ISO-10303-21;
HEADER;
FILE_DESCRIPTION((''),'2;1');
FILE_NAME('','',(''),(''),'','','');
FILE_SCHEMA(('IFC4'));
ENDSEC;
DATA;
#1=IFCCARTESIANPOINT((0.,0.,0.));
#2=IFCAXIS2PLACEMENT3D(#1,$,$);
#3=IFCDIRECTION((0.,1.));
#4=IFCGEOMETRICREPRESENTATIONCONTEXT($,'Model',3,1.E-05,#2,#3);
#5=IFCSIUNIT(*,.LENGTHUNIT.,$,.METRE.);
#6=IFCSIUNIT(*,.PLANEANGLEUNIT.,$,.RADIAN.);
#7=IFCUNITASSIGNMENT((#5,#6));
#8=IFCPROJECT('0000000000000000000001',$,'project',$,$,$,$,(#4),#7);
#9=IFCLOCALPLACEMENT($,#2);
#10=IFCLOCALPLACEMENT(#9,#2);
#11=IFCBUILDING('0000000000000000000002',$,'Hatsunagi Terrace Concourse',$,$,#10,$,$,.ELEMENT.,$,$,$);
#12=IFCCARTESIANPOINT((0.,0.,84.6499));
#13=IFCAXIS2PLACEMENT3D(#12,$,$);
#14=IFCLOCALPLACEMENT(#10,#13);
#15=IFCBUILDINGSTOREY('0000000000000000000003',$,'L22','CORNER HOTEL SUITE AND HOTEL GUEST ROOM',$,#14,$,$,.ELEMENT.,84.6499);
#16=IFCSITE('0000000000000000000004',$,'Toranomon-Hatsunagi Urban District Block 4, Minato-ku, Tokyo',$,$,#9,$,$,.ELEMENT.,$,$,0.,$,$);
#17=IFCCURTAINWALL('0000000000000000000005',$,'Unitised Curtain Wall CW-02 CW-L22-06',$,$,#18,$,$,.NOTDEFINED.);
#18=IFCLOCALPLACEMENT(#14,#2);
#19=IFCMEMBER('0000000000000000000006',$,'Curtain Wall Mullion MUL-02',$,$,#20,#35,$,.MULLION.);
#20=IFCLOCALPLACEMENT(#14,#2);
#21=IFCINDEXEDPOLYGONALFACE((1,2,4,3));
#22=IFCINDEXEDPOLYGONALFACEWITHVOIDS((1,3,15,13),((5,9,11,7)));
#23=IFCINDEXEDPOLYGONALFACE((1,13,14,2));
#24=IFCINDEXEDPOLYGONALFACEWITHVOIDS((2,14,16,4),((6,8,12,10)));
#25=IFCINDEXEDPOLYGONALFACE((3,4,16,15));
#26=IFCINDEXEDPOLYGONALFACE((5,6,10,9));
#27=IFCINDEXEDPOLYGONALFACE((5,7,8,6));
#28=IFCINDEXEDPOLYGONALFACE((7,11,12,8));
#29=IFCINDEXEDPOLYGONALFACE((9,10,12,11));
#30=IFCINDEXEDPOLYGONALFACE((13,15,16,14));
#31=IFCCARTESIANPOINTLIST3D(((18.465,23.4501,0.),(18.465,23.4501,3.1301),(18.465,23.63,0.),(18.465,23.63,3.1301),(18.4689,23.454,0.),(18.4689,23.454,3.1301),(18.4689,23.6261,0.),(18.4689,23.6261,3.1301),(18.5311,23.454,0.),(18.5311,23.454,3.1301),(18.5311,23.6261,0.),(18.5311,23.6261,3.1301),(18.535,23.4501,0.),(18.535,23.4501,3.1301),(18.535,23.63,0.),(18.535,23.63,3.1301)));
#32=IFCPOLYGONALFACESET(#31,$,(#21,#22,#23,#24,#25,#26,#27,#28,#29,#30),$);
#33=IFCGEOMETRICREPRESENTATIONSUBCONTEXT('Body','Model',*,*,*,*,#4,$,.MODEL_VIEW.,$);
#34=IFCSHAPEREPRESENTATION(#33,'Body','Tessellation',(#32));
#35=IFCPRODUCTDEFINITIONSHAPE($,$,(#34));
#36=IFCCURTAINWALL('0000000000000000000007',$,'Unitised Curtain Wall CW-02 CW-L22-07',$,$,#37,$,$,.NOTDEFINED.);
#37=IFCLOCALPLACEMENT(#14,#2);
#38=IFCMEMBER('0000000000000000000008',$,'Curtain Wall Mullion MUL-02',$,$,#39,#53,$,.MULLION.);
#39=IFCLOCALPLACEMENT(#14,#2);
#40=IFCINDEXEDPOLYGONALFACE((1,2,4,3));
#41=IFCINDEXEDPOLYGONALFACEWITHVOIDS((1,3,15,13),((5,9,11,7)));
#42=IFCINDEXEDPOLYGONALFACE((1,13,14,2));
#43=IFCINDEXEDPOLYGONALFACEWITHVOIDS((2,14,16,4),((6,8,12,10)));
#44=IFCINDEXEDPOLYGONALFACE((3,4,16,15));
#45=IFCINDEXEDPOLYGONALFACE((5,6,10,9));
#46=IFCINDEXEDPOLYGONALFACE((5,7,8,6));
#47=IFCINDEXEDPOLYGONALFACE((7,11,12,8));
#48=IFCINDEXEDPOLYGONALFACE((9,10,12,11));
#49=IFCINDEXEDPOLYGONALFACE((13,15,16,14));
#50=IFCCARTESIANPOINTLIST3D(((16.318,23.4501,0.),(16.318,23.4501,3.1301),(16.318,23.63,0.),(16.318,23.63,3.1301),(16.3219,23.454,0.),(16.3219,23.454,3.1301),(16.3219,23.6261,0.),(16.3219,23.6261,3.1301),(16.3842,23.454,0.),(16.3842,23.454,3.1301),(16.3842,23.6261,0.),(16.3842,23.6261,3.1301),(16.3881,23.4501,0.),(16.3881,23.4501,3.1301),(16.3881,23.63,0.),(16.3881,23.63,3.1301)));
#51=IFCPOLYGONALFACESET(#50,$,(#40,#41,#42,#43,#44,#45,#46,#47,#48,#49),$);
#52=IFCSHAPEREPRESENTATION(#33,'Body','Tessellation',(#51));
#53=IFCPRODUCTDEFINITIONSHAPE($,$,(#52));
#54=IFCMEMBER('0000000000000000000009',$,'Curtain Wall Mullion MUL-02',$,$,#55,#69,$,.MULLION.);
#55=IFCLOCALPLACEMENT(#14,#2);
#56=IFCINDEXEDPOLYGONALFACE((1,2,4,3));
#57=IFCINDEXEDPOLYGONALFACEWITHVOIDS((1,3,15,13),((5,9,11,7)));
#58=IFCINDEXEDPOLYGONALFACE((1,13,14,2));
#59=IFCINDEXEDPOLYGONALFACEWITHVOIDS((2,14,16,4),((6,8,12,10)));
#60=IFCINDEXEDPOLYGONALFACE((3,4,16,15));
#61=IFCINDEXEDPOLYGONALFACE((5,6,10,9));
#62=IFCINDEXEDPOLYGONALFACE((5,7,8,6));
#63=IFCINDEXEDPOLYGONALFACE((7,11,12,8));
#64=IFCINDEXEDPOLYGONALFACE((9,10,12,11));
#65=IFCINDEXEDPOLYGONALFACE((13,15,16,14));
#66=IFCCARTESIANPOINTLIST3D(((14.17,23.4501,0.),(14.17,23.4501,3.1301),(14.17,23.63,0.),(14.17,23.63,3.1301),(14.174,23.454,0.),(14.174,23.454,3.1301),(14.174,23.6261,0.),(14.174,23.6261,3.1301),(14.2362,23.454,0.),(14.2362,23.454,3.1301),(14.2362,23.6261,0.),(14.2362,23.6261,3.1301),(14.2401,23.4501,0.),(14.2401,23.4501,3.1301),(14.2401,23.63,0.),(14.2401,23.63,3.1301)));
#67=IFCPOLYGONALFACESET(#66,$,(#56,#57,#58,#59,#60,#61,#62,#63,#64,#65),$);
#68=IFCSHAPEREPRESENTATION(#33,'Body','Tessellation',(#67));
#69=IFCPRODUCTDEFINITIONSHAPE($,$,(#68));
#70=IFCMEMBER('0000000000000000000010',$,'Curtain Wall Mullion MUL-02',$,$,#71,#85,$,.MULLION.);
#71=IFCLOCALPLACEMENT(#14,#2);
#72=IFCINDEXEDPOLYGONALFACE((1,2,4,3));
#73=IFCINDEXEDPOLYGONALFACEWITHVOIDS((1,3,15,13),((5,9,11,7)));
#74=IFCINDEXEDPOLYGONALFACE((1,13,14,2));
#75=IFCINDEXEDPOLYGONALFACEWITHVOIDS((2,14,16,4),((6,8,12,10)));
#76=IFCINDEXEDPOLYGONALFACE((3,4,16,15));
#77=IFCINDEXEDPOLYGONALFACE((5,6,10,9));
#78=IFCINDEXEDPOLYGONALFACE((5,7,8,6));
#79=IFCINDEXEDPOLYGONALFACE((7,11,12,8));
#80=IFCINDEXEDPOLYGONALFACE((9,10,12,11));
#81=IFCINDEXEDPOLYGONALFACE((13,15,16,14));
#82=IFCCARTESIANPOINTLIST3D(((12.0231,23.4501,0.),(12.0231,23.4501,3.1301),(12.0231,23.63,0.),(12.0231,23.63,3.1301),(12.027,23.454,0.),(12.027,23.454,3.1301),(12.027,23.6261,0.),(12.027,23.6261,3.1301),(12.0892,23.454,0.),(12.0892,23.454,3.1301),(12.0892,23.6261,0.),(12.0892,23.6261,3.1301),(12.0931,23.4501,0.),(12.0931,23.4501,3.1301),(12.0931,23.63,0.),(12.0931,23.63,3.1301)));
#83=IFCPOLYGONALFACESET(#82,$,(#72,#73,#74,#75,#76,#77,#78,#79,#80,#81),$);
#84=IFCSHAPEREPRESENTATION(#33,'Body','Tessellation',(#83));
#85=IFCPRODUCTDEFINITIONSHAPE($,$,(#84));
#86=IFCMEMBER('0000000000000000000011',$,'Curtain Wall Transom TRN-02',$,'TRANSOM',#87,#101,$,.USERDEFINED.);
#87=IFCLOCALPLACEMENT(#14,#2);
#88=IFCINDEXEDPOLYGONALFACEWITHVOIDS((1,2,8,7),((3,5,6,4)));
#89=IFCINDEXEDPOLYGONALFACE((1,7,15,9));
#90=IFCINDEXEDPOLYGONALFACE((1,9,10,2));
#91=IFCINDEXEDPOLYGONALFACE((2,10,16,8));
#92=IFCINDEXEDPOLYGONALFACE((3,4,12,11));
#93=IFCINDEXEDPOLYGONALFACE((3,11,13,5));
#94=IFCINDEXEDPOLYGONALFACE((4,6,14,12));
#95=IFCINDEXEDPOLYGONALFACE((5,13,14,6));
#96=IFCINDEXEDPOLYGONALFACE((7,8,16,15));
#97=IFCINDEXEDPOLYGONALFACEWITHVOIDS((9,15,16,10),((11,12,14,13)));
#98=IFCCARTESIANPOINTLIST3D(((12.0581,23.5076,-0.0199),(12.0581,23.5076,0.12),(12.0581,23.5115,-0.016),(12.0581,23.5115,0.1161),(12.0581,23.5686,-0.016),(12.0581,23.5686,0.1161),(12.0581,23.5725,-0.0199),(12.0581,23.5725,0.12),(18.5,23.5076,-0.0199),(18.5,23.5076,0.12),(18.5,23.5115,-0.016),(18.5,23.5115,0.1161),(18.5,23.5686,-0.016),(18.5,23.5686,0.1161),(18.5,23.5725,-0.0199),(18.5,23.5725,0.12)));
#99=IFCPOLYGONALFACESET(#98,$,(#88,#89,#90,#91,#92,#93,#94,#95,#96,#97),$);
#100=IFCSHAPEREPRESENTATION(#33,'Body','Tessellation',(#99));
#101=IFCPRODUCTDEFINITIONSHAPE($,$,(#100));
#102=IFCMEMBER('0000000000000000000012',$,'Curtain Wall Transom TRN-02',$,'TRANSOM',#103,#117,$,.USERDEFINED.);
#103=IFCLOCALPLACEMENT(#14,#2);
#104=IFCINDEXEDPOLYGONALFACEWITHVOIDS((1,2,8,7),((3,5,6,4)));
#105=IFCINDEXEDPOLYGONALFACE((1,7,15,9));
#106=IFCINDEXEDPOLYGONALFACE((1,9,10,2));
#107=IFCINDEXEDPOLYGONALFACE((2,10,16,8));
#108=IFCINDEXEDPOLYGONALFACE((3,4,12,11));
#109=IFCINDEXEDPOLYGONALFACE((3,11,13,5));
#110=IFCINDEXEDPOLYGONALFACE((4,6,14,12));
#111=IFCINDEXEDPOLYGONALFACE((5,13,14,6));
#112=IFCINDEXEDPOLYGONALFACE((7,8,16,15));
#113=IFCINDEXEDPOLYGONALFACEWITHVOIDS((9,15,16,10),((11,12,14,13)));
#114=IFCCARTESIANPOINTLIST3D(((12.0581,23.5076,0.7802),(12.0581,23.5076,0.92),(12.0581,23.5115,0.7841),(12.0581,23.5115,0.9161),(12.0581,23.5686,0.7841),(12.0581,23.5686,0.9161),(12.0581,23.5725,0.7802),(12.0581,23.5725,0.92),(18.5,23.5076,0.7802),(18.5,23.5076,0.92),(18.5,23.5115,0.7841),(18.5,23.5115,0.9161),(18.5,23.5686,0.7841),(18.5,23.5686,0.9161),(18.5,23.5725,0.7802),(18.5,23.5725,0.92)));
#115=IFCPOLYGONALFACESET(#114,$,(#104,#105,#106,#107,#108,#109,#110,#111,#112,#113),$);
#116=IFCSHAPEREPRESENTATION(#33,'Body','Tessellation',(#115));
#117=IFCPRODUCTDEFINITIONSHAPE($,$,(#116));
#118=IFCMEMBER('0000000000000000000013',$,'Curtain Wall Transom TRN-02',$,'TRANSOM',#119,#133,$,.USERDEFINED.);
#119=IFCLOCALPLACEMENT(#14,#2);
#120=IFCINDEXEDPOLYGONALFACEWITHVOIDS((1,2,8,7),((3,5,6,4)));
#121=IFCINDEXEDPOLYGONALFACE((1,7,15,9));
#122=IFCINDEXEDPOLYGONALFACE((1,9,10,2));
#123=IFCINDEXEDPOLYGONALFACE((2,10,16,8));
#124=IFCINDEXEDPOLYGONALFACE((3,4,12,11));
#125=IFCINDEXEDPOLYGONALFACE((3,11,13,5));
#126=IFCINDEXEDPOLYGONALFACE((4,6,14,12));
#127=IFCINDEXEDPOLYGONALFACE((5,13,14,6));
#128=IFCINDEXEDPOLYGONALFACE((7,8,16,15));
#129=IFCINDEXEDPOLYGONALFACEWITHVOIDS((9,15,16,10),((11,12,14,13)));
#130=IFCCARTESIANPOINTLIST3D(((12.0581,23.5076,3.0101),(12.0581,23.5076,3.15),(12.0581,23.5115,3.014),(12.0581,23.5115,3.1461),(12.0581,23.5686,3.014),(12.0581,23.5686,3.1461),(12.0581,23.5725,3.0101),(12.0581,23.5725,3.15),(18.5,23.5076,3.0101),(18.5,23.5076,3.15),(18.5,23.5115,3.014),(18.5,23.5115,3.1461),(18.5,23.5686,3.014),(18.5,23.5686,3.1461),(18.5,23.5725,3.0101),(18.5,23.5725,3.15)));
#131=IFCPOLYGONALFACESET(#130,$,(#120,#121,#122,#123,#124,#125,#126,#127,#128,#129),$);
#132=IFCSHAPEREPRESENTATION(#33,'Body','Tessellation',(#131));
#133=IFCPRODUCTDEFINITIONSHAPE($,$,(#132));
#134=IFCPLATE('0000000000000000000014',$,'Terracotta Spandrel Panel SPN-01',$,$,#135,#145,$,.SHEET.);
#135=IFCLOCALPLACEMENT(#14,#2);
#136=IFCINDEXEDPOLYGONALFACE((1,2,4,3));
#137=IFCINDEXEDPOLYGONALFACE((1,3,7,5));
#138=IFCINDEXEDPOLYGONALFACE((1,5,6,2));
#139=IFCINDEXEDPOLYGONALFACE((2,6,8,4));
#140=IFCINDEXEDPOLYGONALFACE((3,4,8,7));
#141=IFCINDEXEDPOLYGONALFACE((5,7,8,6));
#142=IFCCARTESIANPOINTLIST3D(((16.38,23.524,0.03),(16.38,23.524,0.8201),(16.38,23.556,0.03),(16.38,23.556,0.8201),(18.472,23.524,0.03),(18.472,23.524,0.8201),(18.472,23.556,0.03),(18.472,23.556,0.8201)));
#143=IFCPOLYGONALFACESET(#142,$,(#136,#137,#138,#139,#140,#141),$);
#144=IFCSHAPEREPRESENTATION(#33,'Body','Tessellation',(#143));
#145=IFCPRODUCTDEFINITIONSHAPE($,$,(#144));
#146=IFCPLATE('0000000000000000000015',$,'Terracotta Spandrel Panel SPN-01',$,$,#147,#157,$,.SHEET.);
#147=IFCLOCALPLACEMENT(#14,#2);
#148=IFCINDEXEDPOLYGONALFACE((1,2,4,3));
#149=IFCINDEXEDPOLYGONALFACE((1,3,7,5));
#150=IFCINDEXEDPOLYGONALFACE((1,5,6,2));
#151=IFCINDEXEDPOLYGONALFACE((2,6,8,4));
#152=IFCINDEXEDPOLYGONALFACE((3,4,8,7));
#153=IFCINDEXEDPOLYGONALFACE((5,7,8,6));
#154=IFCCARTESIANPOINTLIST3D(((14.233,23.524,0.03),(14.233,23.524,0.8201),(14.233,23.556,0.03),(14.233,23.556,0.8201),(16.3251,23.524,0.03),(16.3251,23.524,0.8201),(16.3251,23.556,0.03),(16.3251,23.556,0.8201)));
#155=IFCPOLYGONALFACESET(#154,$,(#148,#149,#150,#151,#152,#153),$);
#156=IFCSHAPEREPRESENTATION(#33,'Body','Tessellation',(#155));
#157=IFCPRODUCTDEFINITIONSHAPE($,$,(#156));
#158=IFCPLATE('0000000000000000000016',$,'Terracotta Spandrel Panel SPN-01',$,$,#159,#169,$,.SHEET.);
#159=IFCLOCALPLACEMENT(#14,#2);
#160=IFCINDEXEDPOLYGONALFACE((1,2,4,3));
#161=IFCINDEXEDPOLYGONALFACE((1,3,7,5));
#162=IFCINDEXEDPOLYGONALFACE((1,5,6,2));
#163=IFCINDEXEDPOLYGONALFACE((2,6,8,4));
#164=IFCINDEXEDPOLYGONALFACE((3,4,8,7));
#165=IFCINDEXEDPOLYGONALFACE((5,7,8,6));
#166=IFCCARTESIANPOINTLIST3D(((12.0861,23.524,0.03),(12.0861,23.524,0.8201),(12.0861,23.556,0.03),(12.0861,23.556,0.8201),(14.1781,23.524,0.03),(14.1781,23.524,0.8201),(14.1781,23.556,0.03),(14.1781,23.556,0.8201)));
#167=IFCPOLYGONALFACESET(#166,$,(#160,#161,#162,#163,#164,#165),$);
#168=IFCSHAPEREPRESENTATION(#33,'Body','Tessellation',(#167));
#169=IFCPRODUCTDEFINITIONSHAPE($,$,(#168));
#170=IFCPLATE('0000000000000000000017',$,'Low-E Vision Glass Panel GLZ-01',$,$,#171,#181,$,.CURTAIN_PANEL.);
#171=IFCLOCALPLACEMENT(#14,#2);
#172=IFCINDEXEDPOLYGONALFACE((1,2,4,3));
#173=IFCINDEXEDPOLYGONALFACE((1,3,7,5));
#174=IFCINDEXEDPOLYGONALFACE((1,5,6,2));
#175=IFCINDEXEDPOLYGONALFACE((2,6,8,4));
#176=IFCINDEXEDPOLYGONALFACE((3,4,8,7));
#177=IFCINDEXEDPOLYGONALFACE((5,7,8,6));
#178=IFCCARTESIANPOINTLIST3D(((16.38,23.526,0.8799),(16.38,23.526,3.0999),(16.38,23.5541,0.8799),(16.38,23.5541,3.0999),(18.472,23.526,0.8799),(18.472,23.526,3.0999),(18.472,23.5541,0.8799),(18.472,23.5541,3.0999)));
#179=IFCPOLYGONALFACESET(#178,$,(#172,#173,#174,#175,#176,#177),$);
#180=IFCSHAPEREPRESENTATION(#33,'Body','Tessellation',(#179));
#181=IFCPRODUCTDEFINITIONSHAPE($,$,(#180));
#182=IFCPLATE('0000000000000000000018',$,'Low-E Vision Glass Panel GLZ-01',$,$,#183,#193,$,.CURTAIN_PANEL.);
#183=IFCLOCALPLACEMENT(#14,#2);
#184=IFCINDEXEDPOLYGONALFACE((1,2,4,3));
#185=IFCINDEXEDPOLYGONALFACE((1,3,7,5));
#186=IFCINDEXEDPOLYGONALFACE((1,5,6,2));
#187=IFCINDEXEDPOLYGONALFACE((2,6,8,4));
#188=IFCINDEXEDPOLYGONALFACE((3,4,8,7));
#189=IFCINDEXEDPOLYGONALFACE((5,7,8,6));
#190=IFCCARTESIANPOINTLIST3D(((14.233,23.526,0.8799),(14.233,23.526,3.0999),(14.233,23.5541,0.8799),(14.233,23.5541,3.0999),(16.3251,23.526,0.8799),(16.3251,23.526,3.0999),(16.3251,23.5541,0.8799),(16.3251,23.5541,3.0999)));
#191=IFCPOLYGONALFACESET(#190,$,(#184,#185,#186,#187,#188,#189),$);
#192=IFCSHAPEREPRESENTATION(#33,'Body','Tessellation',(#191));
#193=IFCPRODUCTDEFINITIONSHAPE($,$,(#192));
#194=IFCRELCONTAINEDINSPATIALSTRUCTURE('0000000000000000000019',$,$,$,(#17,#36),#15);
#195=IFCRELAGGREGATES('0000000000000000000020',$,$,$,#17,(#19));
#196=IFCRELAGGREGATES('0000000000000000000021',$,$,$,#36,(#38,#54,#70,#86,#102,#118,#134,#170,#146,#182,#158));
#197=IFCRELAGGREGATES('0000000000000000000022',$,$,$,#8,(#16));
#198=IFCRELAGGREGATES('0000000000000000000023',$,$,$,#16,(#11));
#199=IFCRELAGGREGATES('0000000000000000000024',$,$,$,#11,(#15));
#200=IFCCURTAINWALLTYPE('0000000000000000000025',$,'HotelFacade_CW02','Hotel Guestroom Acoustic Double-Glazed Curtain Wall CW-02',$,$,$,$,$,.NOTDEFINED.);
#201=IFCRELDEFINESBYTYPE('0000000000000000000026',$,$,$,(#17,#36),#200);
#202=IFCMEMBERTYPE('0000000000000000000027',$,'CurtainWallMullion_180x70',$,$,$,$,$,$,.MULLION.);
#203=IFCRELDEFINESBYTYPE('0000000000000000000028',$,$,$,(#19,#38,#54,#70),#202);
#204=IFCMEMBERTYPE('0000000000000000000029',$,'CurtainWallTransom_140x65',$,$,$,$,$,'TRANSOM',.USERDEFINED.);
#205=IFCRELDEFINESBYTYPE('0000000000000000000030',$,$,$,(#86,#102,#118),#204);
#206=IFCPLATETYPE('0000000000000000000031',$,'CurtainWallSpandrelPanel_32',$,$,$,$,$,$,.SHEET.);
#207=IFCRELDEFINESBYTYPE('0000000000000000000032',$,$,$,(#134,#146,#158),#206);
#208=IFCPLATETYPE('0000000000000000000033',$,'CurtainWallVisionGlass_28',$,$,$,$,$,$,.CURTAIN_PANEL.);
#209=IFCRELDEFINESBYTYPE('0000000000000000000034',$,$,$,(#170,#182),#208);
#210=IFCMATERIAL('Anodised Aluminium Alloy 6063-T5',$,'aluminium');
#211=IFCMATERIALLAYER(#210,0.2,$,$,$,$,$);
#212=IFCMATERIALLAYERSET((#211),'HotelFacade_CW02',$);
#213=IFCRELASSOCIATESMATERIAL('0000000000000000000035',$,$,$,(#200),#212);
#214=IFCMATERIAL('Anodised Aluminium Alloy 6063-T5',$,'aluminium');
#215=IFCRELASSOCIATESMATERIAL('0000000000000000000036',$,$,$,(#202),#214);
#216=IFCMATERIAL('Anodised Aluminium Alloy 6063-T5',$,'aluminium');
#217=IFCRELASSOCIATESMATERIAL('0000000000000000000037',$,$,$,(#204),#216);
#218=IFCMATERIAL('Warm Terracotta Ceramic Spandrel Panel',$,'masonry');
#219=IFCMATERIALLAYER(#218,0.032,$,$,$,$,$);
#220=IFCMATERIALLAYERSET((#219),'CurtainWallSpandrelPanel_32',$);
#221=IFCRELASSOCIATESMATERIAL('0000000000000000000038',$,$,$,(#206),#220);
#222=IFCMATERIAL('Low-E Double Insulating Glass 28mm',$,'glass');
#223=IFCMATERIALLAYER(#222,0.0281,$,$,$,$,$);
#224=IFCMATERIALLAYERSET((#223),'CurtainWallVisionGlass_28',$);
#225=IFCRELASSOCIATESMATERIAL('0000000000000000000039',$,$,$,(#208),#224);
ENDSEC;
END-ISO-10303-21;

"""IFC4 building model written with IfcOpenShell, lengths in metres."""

from ifc_helpers import new_model, si_unit, direction, frame, origin, origin_2d, place, context, subcontext, project, spatial, rectangle, hollow_rectangle, extrude, material, layer, layer_set, material_profile, profile_set, type_object, element, aggregate, save


model = new_model("IFC4")

# Units and contexts
model_context = context("Model", 3, precision=1e-05, world=origin(), true_north=direction((0.0, 1.0)))
body_context = subcontext(model_context, "Body", "Model", "MODEL_VIEW")
ifc_project = project(units=[si_unit("LENGTHUNIT", "METRE"), si_unit("PLANEANGLEUNIT", "RADIAN")], contexts=[model_context])

# Site, building, storey
site_placement = place(None, origin())
site = spatial("IfcSite", under=ifc_project, at=site_placement, Name="Toranomon-Hatsunagi Urban District Block 4, Minato-ku, Tokyo", CompositionType="ELEMENT", RefElevation=0.0)
building_placement = place(site_placement, origin())
building = spatial("IfcBuilding", under=site, at=building_placement, Name="Hatsunagi Terrace Concourse", CompositionType="ELEMENT")
storey_placement = place(building_placement, frame((0.0, 0.0, 84.6499)))
storey = spatial("IfcBuildingStorey", under=building, at=storey_placement, Name="L22", Description="CORNER HOTEL SUITE AND HOTEL GUEST ROOM", CompositionType="ELEMENT", Elevation=84.6499)

# Curtain wall, member
ifc_material_1 = material(Name="Anodised Aluminium Alloy 6063-T5", Category="aluminium")
ifc_layer_1 = layer(ifc_material_1, 0.2)
ifc_layer_set_1 = layer_set([ifc_layer_1], Name="HotelFacade_CW02")
curtain_wall_type = type_object("IfcCurtainWallType", Name="HotelFacade_CW02", Description="Hotel Guestroom Acoustic Double-Glazed Curtain Wall CW-02", PredefinedType="NOTDEFINED", material=ifc_layer_set_1)
curtain_wall_1_placement = place(storey_placement, origin())
curtain_wall_1 = element("IfcCurtainWall", 1, at=curtain_wall_1_placement, inside=storey, type_object=curtain_wall_type, Name="Unitised Curtain Wall CW-02 CW-L22-06", PredefinedType="NOTDEFINED")
ifc_material_2 = material(Name="Anodised Aluminium Alloy 6063-T5", Category="aluminium")
ifc_material_profile_1 = material_profile(ifc_material_2, hollow_rectangle(XDim=0.0701, YDim=0.1799, WallThickness=0.0039, at=origin_2d()), Name="ALU-MUL-180x70x4")
ifc_profile_set_1 = profile_set([ifc_material_profile_1], Name="Anodised Aluminium Alloy 6063-T5")
member_type_1 = type_object("IfcMemberType", Name="CurtainWallMullion_180x70", PredefinedType="MULLION", material=ifc_profile_set_1)
member_1_placement = place(storey_placement, frame((18.5, 23.54, 0.0), z_axis=(0.0, 0.0, 1.0), x_axis=(-1.0, 0.0, 0.0)))
member_1 = element("IfcMember", 2, at=member_1_placement, type_object=member_type_1, Name="Curtain Wall Mullion MUL-02", PredefinedType="MULLION", context=body_context, shape_type="SweptSolid", body=[
    extrude(hollow_rectangle(XDim=0.0701, YDim=0.1799, WallThickness=0.0039, at=origin_2d()), origin(), (0.0, 0.0, 1.0), 3.1301),
])
aggregate(curtain_wall_1, [member_1])

# Curtain wall, members, plates
curtain_wall_2_placement = place(storey_placement, origin())
curtain_wall_2 = element("IfcCurtainWall", 3, at=curtain_wall_2_placement, inside=storey, type_object=curtain_wall_type, Name="Unitised Curtain Wall CW-02 CW-L22-07", PredefinedType="NOTDEFINED")
member_2_placement = place(storey_placement, frame((16.353, 23.54, 0.0), z_axis=(0.0, 0.0, 1.0), x_axis=(-1.0, 0.0, 0.0)))
member_2 = element("IfcMember", 4, at=member_2_placement, type_object=member_type_1, Name="Curtain Wall Mullion MUL-02", PredefinedType="MULLION", context=body_context, shape_type="SweptSolid", body=[
    extrude(hollow_rectangle(XDim=0.0701, YDim=0.1799, WallThickness=0.0039, at=origin_2d()), origin(), (0.0, 0.0, 1.0), 3.1301),
])
member_3_placement = place(storey_placement, frame((14.2051, 23.54, 0.0), z_axis=(0.0, 0.0, 1.0), x_axis=(-1.0, 0.0, 0.0)))
member_3 = element("IfcMember", 5, at=member_3_placement, type_object=member_type_1, Name="Curtain Wall Mullion MUL-02", PredefinedType="MULLION", context=body_context, shape_type="SweptSolid", body=[
    extrude(hollow_rectangle(XDim=0.0701, YDim=0.1799, WallThickness=0.0039, at=origin_2d()), origin(), (0.0, 0.0, 1.0), 3.1301),
])
member_4_placement = place(storey_placement, frame((12.0581, 23.54, 0.0), z_axis=(0.0, 0.0, 1.0), x_axis=(-1.0, 0.0, 0.0)))
member_4 = element("IfcMember", 6, at=member_4_placement, type_object=member_type_1, Name="Curtain Wall Mullion MUL-02", PredefinedType="MULLION", context=body_context, shape_type="SweptSolid", body=[
    extrude(hollow_rectangle(XDim=0.0701, YDim=0.1799, WallThickness=0.0039, at=origin_2d()), origin(), (0.0, 0.0, 1.0), 3.1301),
])
ifc_material_3 = material(Name="Anodised Aluminium Alloy 6063-T5", Category="aluminium")
ifc_material_profile_2 = material_profile(ifc_material_3, hollow_rectangle(XDim=0.0649, YDim=0.1399, WallThickness=0.0039, at=origin_2d()), Name="ALU-TRN-140x65x4")
ifc_profile_set_2 = profile_set([ifc_material_profile_2], Name="Anodised Aluminium Alloy 6063-T5")
member_type_2 = type_object("IfcMemberType", Name="CurtainWallTransom_140x65", ElementType="TRANSOM", PredefinedType="USERDEFINED", material=ifc_profile_set_2)
member_5_placement = place(storey_placement, frame((18.5, 23.54, 0.05), z_axis=(-1.0, 0.0, 0.0), x_axis=(0.0, -1.0, 0.0)))
member_5 = element("IfcMember", 7, at=member_5_placement, type_object=member_type_2, Name="Curtain Wall Transom TRN-02", ObjectType="TRANSOM", PredefinedType="USERDEFINED", context=body_context, shape_type="SweptSolid", body=[
    extrude(hollow_rectangle(XDim=0.0649, YDim=0.1399, WallThickness=0.0039, at=origin_2d()), origin(), (0.0, 0.0, 1.0), 6.4419),
])
member_6_placement = place(storey_placement, frame((18.5, 23.54, 0.8501), z_axis=(-1.0, 0.0, 0.0), x_axis=(0.0, -1.0, 0.0)))
member_6 = element("IfcMember", 8, at=member_6_placement, type_object=member_type_2, Name="Curtain Wall Transom TRN-02", ObjectType="TRANSOM", PredefinedType="USERDEFINED", context=body_context, shape_type="SweptSolid", body=[
    extrude(hollow_rectangle(XDim=0.0649, YDim=0.1399, WallThickness=0.0039, at=origin_2d()), origin(), (0.0, 0.0, 1.0), 6.4419),
])
member_7_placement = place(storey_placement, frame((18.5, 23.54, 3.0801), z_axis=(-1.0, 0.0, 0.0), x_axis=(0.0, -1.0, 0.0)))
member_7 = element("IfcMember", 9, at=member_7_placement, type_object=member_type_2, Name="Curtain Wall Transom TRN-02", ObjectType="TRANSOM", PredefinedType="USERDEFINED", context=body_context, shape_type="SweptSolid", body=[
    extrude(hollow_rectangle(XDim=0.0649, YDim=0.1399, WallThickness=0.0039, at=origin_2d()), origin(), (0.0, 0.0, 1.0), 6.4419),
])
ifc_material_4 = material(Name="Warm Terracotta Ceramic Spandrel Panel", Category="masonry")
ifc_layer_2 = layer(ifc_material_4, 0.032)
ifc_layer_set_2 = layer_set([ifc_layer_2], Name="CurtainWallSpandrelPanel_32")
plate_type_1 = type_object("IfcPlateType", Name="CurtainWallSpandrelPanel_32", PredefinedType="SHEET", material=ifc_layer_set_2)
plate_1_placement = place(storey_placement, frame((17.426, 23.54, 0.03), z_axis=(0.0, 0.0, 1.0), x_axis=(-1.0, 0.0, 0.0)))
plate_1 = element("IfcPlate", 10, at=plate_1_placement, type_object=plate_type_1, Name="Terracotta Spandrel Panel SPN-01", PredefinedType="SHEET", context=body_context, shape_type="SweptSolid", body=[
    extrude(rectangle(XDim=2.092, YDim=0.032, at=origin_2d()), origin(), (0.0, 0.0, 1.0), 0.79),
])
plate_2_placement = place(storey_placement, frame((15.2791, 23.54, 0.03), z_axis=(0.0, 0.0, 1.0), x_axis=(-1.0, 0.0, 0.0)))
plate_2 = element("IfcPlate", 11, at=plate_2_placement, type_object=plate_type_1, Name="Terracotta Spandrel Panel SPN-01", PredefinedType="SHEET", context=body_context, shape_type="SweptSolid", body=[
    extrude(rectangle(XDim=2.092, YDim=0.032, at=origin_2d()), origin(), (0.0, 0.0, 1.0), 0.79),
])
plate_3_placement = place(storey_placement, frame((13.1321, 23.54, 0.03), z_axis=(0.0, 0.0, 1.0), x_axis=(-1.0, 0.0, 0.0)))
plate_3 = element("IfcPlate", 12, at=plate_3_placement, type_object=plate_type_1, Name="Terracotta Spandrel Panel SPN-01", PredefinedType="SHEET", context=body_context, shape_type="SweptSolid", body=[
    extrude(rectangle(XDim=2.092, YDim=0.032, at=origin_2d()), origin(), (0.0, 0.0, 1.0), 0.79),
])
ifc_material_5 = material(Name="Low-E Double Insulating Glass 28mm", Category="glass")
ifc_layer_3 = layer(ifc_material_5, 0.0281)
ifc_layer_set_3 = layer_set([ifc_layer_3], Name="CurtainWallVisionGlass_28")
plate_type_2 = type_object("IfcPlateType", Name="CurtainWallVisionGlass_28", PredefinedType="CURTAIN_PANEL", material=ifc_layer_set_3)
plate_4_placement = place(storey_placement, frame((17.426, 23.54, 0.8799), z_axis=(0.0, 0.0, 1.0), x_axis=(-1.0, 0.0, 0.0)))
plate_4 = element("IfcPlate", 13, at=plate_4_placement, type_object=plate_type_2, Name="Low-E Vision Glass Panel GLZ-01", PredefinedType="CURTAIN_PANEL", context=body_context, shape_type="SweptSolid", body=[
    extrude(rectangle(XDim=2.092, YDim=0.0281, at=origin_2d()), origin(), (0.0, 0.0, 1.0), 2.22),
])
plate_5_placement = place(storey_placement, frame((15.2791, 23.54, 0.8799), z_axis=(0.0, 0.0, 1.0), x_axis=(-1.0, 0.0, 0.0)))
plate_5 = element("IfcPlate", 14, at=plate_5_placement, type_object=plate_type_2, Name="Low-E Vision Glass Panel GLZ-01", PredefinedType="CURTAIN_PANEL", context=body_context, shape_type="SweptSolid", body=[
    extrude(rectangle(XDim=2.092, YDim=0.0281, at=origin_2d()), origin(), (0.0, 0.0, 1.0), 2.22),
])
aggregate(curtain_wall_2, [member_2, member_3, member_4, member_5, member_6, member_7, plate_1, plate_4, plate_2, plate_5, plate_3])

save(model, "model.ifc")
